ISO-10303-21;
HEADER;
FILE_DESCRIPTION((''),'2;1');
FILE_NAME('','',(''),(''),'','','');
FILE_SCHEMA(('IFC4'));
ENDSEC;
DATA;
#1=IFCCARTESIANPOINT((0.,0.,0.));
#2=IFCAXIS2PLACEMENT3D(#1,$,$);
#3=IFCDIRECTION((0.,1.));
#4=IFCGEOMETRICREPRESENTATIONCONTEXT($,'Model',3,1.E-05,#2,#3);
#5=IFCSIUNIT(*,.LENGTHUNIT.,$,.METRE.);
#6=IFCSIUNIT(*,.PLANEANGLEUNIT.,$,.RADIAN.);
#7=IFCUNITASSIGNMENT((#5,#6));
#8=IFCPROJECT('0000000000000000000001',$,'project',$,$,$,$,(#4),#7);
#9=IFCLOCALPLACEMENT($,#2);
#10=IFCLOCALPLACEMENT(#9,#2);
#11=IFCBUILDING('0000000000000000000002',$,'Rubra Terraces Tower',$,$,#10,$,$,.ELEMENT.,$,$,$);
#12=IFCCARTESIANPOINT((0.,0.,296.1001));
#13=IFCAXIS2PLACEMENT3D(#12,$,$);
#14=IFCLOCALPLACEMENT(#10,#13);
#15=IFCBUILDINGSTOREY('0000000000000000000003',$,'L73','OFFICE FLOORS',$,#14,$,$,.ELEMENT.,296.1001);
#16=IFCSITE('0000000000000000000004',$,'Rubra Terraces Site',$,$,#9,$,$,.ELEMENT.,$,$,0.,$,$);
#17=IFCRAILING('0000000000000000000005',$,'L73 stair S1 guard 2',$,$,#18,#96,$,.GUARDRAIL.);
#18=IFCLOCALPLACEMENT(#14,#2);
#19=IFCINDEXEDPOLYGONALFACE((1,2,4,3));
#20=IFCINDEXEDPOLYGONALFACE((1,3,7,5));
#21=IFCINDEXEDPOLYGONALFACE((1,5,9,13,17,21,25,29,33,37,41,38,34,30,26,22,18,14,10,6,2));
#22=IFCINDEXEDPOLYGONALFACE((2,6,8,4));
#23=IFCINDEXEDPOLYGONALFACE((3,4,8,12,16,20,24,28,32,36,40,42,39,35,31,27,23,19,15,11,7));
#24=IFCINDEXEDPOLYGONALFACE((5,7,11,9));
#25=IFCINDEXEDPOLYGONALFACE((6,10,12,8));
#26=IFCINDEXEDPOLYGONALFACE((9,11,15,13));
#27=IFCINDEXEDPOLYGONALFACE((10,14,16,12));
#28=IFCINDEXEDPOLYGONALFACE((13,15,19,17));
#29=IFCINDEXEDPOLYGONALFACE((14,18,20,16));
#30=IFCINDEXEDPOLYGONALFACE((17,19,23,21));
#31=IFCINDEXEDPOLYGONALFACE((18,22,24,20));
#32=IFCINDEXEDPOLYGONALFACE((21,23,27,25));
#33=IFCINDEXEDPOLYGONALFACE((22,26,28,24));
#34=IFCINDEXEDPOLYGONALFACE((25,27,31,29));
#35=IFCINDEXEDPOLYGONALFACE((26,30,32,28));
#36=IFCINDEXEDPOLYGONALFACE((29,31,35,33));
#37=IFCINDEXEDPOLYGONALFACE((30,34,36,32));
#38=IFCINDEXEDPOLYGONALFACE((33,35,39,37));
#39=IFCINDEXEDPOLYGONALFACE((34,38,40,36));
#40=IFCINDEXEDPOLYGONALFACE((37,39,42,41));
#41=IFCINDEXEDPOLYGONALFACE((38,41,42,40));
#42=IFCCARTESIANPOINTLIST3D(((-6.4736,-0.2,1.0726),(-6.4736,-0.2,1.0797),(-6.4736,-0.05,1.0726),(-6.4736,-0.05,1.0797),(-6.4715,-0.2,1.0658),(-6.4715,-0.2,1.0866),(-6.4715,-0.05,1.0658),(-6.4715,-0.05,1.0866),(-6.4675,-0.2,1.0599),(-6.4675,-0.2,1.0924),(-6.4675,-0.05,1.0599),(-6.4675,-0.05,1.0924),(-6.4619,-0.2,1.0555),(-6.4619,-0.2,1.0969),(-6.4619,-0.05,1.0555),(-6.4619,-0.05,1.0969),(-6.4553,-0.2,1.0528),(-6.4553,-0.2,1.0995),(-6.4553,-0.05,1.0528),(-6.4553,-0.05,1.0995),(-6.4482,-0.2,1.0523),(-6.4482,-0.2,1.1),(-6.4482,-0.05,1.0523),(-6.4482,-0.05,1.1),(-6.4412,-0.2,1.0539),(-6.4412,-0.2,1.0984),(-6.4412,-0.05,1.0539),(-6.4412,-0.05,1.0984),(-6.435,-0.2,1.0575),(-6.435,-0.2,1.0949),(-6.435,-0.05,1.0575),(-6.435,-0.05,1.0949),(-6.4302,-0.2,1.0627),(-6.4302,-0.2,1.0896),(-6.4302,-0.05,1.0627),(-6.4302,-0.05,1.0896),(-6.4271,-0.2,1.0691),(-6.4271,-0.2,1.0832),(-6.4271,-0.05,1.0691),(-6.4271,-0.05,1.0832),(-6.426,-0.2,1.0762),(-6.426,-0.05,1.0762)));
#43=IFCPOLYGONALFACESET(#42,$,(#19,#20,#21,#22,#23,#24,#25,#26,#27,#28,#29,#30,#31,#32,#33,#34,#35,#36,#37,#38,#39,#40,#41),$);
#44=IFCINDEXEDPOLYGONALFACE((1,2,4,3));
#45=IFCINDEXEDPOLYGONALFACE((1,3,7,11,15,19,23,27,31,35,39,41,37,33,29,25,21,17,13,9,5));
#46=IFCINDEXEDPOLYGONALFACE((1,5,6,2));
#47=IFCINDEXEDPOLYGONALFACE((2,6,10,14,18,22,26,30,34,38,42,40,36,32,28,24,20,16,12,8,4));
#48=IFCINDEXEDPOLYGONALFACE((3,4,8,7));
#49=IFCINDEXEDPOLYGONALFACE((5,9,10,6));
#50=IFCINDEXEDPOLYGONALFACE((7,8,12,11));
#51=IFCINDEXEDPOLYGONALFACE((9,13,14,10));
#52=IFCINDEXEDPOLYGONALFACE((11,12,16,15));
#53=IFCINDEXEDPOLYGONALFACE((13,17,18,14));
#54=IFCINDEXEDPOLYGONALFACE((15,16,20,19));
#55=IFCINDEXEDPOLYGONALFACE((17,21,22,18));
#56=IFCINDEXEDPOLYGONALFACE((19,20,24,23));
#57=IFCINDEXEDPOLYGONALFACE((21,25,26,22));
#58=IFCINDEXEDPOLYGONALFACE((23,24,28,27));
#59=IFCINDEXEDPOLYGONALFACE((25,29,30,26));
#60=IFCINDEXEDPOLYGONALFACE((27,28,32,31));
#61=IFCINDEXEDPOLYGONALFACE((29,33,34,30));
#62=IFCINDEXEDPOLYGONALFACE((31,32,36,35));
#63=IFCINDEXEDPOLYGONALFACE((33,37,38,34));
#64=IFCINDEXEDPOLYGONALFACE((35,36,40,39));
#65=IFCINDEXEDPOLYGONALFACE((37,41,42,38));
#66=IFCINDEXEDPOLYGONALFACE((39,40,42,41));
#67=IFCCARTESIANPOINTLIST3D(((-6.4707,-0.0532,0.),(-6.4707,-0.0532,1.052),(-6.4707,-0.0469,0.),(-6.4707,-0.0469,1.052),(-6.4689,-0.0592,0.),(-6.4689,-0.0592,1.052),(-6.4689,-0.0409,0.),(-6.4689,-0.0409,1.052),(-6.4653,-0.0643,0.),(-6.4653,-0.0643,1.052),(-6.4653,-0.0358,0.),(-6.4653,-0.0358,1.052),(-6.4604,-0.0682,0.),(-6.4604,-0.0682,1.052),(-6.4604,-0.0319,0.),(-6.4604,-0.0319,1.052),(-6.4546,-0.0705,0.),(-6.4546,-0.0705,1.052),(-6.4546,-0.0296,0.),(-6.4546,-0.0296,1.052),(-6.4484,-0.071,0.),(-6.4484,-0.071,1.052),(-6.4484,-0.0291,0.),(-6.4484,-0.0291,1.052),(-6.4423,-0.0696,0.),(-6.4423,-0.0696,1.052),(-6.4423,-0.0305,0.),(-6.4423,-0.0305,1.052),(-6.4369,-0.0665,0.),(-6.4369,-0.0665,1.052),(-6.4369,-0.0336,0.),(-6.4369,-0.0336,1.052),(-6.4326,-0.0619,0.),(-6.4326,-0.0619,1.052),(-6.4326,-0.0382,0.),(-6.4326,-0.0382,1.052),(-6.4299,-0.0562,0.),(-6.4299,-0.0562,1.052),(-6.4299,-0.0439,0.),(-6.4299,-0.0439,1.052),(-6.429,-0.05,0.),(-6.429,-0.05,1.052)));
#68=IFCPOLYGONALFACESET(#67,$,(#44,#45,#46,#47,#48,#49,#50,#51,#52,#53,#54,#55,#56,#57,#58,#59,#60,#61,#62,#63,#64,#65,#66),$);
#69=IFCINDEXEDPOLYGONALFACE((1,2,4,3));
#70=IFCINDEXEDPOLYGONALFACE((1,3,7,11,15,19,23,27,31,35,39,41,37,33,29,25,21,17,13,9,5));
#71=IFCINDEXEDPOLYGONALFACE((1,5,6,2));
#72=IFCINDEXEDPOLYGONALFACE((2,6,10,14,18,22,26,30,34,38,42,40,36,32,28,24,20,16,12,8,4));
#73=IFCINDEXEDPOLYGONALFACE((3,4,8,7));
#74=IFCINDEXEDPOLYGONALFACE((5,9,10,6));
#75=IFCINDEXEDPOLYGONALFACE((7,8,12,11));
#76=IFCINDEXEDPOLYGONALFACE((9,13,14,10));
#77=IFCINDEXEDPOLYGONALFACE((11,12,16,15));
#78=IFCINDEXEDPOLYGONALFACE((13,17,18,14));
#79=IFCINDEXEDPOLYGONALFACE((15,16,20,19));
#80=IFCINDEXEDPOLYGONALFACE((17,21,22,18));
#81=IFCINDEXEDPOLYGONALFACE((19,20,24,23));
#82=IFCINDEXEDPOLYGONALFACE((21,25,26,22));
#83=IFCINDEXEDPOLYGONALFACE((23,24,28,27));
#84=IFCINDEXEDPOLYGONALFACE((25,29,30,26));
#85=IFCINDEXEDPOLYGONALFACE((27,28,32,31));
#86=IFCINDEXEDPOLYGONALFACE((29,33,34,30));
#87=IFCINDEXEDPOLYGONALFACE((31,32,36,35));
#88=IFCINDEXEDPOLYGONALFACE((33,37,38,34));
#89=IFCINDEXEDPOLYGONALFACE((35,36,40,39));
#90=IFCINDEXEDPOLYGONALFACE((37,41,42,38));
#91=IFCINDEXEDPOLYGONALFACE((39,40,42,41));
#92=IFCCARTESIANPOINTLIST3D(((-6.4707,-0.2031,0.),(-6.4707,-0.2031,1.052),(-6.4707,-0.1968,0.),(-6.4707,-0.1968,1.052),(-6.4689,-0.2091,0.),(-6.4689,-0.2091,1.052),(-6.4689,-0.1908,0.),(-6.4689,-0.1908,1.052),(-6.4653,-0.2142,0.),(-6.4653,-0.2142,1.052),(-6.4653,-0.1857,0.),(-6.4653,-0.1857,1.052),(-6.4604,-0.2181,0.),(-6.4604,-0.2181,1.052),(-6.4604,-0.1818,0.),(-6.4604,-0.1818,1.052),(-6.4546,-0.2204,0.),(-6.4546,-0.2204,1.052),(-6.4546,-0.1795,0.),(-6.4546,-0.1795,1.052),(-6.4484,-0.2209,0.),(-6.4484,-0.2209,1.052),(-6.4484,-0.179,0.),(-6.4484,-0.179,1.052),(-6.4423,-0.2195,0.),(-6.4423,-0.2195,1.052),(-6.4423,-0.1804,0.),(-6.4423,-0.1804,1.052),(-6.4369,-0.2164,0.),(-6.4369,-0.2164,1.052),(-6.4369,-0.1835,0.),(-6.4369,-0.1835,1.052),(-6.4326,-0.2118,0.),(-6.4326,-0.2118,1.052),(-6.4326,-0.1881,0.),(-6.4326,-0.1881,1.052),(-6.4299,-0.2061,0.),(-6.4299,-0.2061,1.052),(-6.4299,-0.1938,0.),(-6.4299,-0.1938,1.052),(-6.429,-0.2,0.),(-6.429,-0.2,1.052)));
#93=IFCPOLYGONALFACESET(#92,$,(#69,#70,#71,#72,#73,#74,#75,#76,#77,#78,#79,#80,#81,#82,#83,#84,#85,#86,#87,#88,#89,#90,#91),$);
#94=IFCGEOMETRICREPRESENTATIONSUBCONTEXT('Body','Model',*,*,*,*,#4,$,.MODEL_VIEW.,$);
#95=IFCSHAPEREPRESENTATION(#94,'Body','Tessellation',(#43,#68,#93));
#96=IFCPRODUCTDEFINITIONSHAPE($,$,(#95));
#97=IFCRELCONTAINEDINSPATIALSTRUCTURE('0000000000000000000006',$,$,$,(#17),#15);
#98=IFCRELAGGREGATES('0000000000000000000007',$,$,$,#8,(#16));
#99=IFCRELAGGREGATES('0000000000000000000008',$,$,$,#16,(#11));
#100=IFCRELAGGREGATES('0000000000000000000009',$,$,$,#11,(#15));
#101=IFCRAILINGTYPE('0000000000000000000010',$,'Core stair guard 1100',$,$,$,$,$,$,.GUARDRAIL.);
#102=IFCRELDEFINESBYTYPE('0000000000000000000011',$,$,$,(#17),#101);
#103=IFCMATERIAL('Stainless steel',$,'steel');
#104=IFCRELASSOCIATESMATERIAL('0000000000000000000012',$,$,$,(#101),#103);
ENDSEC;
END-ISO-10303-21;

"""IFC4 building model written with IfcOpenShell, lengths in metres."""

from ifc_helpers import new_model, si_unit, direction, frame, origin, origin_2d, place, context, subcontext, project, spatial, circle, extrude, material, type_object, element, save


model = new_model("IFC4")

# Units and contexts
model_context = context("Model", 3, precision=1e-05, world=origin(), true_north=direction((0.0, 1.0)))
body_context = subcontext(model_context, "Body", "Model", "MODEL_VIEW")
ifc_project = project(units=[si_unit("LENGTHUNIT", "METRE"), si_unit("PLANEANGLEUNIT", "RADIAN")], contexts=[model_context])

# Site, building, storey
site_placement = place(None, origin())
site = spatial("IfcSite", under=ifc_project, at=site_placement, Name="Rubra Terraces Site", CompositionType="ELEMENT", RefElevation=0.0)
building_placement = place(site_placement, origin())
building = spatial("IfcBuilding", under=site, at=building_placement, Name="Rubra Terraces Tower", CompositionType="ELEMENT")
storey_placement = place(building_placement, frame((0.0, 0.0, 296.1001)))
storey = spatial("IfcBuildingStorey", under=building, at=storey_placement, Name="L73", Description="OFFICE FLOORS", CompositionType="ELEMENT", Elevation=296.1001)

# Railing
ifc_material_1 = material(Name="Stainless steel", Category="steel")
railing_type_1 = type_object("IfcRailingType", Name="Core stair guard 1100", PredefinedType="GUARDRAIL", material=ifc_material_1)
railing_1_placement = place(storey_placement, frame((-6.45, -0.05, 0.0)))
element("IfcRailing", 1, at=railing_1_placement, inside=storey, type_object=railing_type_1, Name="L73 stair S1 guard 2", PredefinedType="GUARDRAIL", context=body_context, shape_type="SweptSolid", body=[
    extrude(circle(Radius=0.0239, at=origin_2d()), frame((0.0, 0.0, 1.0762), z_axis=(0.0, -1.0, 0.0), x_axis=(1.0, 0.0, 0.0)), (0.0, 0.0, 1.0), 0.1499),
    extrude(circle(Radius=0.021, at=origin_2d()), origin(), (0.0, 0.0, 1.0), 1.052),
    extrude(circle(Radius=0.021, at=origin_2d()), frame((0.0, -0.1499, 0.0)), (0.0, 0.0, 1.0), 1.052),
])

save(model, "model.ifc")
